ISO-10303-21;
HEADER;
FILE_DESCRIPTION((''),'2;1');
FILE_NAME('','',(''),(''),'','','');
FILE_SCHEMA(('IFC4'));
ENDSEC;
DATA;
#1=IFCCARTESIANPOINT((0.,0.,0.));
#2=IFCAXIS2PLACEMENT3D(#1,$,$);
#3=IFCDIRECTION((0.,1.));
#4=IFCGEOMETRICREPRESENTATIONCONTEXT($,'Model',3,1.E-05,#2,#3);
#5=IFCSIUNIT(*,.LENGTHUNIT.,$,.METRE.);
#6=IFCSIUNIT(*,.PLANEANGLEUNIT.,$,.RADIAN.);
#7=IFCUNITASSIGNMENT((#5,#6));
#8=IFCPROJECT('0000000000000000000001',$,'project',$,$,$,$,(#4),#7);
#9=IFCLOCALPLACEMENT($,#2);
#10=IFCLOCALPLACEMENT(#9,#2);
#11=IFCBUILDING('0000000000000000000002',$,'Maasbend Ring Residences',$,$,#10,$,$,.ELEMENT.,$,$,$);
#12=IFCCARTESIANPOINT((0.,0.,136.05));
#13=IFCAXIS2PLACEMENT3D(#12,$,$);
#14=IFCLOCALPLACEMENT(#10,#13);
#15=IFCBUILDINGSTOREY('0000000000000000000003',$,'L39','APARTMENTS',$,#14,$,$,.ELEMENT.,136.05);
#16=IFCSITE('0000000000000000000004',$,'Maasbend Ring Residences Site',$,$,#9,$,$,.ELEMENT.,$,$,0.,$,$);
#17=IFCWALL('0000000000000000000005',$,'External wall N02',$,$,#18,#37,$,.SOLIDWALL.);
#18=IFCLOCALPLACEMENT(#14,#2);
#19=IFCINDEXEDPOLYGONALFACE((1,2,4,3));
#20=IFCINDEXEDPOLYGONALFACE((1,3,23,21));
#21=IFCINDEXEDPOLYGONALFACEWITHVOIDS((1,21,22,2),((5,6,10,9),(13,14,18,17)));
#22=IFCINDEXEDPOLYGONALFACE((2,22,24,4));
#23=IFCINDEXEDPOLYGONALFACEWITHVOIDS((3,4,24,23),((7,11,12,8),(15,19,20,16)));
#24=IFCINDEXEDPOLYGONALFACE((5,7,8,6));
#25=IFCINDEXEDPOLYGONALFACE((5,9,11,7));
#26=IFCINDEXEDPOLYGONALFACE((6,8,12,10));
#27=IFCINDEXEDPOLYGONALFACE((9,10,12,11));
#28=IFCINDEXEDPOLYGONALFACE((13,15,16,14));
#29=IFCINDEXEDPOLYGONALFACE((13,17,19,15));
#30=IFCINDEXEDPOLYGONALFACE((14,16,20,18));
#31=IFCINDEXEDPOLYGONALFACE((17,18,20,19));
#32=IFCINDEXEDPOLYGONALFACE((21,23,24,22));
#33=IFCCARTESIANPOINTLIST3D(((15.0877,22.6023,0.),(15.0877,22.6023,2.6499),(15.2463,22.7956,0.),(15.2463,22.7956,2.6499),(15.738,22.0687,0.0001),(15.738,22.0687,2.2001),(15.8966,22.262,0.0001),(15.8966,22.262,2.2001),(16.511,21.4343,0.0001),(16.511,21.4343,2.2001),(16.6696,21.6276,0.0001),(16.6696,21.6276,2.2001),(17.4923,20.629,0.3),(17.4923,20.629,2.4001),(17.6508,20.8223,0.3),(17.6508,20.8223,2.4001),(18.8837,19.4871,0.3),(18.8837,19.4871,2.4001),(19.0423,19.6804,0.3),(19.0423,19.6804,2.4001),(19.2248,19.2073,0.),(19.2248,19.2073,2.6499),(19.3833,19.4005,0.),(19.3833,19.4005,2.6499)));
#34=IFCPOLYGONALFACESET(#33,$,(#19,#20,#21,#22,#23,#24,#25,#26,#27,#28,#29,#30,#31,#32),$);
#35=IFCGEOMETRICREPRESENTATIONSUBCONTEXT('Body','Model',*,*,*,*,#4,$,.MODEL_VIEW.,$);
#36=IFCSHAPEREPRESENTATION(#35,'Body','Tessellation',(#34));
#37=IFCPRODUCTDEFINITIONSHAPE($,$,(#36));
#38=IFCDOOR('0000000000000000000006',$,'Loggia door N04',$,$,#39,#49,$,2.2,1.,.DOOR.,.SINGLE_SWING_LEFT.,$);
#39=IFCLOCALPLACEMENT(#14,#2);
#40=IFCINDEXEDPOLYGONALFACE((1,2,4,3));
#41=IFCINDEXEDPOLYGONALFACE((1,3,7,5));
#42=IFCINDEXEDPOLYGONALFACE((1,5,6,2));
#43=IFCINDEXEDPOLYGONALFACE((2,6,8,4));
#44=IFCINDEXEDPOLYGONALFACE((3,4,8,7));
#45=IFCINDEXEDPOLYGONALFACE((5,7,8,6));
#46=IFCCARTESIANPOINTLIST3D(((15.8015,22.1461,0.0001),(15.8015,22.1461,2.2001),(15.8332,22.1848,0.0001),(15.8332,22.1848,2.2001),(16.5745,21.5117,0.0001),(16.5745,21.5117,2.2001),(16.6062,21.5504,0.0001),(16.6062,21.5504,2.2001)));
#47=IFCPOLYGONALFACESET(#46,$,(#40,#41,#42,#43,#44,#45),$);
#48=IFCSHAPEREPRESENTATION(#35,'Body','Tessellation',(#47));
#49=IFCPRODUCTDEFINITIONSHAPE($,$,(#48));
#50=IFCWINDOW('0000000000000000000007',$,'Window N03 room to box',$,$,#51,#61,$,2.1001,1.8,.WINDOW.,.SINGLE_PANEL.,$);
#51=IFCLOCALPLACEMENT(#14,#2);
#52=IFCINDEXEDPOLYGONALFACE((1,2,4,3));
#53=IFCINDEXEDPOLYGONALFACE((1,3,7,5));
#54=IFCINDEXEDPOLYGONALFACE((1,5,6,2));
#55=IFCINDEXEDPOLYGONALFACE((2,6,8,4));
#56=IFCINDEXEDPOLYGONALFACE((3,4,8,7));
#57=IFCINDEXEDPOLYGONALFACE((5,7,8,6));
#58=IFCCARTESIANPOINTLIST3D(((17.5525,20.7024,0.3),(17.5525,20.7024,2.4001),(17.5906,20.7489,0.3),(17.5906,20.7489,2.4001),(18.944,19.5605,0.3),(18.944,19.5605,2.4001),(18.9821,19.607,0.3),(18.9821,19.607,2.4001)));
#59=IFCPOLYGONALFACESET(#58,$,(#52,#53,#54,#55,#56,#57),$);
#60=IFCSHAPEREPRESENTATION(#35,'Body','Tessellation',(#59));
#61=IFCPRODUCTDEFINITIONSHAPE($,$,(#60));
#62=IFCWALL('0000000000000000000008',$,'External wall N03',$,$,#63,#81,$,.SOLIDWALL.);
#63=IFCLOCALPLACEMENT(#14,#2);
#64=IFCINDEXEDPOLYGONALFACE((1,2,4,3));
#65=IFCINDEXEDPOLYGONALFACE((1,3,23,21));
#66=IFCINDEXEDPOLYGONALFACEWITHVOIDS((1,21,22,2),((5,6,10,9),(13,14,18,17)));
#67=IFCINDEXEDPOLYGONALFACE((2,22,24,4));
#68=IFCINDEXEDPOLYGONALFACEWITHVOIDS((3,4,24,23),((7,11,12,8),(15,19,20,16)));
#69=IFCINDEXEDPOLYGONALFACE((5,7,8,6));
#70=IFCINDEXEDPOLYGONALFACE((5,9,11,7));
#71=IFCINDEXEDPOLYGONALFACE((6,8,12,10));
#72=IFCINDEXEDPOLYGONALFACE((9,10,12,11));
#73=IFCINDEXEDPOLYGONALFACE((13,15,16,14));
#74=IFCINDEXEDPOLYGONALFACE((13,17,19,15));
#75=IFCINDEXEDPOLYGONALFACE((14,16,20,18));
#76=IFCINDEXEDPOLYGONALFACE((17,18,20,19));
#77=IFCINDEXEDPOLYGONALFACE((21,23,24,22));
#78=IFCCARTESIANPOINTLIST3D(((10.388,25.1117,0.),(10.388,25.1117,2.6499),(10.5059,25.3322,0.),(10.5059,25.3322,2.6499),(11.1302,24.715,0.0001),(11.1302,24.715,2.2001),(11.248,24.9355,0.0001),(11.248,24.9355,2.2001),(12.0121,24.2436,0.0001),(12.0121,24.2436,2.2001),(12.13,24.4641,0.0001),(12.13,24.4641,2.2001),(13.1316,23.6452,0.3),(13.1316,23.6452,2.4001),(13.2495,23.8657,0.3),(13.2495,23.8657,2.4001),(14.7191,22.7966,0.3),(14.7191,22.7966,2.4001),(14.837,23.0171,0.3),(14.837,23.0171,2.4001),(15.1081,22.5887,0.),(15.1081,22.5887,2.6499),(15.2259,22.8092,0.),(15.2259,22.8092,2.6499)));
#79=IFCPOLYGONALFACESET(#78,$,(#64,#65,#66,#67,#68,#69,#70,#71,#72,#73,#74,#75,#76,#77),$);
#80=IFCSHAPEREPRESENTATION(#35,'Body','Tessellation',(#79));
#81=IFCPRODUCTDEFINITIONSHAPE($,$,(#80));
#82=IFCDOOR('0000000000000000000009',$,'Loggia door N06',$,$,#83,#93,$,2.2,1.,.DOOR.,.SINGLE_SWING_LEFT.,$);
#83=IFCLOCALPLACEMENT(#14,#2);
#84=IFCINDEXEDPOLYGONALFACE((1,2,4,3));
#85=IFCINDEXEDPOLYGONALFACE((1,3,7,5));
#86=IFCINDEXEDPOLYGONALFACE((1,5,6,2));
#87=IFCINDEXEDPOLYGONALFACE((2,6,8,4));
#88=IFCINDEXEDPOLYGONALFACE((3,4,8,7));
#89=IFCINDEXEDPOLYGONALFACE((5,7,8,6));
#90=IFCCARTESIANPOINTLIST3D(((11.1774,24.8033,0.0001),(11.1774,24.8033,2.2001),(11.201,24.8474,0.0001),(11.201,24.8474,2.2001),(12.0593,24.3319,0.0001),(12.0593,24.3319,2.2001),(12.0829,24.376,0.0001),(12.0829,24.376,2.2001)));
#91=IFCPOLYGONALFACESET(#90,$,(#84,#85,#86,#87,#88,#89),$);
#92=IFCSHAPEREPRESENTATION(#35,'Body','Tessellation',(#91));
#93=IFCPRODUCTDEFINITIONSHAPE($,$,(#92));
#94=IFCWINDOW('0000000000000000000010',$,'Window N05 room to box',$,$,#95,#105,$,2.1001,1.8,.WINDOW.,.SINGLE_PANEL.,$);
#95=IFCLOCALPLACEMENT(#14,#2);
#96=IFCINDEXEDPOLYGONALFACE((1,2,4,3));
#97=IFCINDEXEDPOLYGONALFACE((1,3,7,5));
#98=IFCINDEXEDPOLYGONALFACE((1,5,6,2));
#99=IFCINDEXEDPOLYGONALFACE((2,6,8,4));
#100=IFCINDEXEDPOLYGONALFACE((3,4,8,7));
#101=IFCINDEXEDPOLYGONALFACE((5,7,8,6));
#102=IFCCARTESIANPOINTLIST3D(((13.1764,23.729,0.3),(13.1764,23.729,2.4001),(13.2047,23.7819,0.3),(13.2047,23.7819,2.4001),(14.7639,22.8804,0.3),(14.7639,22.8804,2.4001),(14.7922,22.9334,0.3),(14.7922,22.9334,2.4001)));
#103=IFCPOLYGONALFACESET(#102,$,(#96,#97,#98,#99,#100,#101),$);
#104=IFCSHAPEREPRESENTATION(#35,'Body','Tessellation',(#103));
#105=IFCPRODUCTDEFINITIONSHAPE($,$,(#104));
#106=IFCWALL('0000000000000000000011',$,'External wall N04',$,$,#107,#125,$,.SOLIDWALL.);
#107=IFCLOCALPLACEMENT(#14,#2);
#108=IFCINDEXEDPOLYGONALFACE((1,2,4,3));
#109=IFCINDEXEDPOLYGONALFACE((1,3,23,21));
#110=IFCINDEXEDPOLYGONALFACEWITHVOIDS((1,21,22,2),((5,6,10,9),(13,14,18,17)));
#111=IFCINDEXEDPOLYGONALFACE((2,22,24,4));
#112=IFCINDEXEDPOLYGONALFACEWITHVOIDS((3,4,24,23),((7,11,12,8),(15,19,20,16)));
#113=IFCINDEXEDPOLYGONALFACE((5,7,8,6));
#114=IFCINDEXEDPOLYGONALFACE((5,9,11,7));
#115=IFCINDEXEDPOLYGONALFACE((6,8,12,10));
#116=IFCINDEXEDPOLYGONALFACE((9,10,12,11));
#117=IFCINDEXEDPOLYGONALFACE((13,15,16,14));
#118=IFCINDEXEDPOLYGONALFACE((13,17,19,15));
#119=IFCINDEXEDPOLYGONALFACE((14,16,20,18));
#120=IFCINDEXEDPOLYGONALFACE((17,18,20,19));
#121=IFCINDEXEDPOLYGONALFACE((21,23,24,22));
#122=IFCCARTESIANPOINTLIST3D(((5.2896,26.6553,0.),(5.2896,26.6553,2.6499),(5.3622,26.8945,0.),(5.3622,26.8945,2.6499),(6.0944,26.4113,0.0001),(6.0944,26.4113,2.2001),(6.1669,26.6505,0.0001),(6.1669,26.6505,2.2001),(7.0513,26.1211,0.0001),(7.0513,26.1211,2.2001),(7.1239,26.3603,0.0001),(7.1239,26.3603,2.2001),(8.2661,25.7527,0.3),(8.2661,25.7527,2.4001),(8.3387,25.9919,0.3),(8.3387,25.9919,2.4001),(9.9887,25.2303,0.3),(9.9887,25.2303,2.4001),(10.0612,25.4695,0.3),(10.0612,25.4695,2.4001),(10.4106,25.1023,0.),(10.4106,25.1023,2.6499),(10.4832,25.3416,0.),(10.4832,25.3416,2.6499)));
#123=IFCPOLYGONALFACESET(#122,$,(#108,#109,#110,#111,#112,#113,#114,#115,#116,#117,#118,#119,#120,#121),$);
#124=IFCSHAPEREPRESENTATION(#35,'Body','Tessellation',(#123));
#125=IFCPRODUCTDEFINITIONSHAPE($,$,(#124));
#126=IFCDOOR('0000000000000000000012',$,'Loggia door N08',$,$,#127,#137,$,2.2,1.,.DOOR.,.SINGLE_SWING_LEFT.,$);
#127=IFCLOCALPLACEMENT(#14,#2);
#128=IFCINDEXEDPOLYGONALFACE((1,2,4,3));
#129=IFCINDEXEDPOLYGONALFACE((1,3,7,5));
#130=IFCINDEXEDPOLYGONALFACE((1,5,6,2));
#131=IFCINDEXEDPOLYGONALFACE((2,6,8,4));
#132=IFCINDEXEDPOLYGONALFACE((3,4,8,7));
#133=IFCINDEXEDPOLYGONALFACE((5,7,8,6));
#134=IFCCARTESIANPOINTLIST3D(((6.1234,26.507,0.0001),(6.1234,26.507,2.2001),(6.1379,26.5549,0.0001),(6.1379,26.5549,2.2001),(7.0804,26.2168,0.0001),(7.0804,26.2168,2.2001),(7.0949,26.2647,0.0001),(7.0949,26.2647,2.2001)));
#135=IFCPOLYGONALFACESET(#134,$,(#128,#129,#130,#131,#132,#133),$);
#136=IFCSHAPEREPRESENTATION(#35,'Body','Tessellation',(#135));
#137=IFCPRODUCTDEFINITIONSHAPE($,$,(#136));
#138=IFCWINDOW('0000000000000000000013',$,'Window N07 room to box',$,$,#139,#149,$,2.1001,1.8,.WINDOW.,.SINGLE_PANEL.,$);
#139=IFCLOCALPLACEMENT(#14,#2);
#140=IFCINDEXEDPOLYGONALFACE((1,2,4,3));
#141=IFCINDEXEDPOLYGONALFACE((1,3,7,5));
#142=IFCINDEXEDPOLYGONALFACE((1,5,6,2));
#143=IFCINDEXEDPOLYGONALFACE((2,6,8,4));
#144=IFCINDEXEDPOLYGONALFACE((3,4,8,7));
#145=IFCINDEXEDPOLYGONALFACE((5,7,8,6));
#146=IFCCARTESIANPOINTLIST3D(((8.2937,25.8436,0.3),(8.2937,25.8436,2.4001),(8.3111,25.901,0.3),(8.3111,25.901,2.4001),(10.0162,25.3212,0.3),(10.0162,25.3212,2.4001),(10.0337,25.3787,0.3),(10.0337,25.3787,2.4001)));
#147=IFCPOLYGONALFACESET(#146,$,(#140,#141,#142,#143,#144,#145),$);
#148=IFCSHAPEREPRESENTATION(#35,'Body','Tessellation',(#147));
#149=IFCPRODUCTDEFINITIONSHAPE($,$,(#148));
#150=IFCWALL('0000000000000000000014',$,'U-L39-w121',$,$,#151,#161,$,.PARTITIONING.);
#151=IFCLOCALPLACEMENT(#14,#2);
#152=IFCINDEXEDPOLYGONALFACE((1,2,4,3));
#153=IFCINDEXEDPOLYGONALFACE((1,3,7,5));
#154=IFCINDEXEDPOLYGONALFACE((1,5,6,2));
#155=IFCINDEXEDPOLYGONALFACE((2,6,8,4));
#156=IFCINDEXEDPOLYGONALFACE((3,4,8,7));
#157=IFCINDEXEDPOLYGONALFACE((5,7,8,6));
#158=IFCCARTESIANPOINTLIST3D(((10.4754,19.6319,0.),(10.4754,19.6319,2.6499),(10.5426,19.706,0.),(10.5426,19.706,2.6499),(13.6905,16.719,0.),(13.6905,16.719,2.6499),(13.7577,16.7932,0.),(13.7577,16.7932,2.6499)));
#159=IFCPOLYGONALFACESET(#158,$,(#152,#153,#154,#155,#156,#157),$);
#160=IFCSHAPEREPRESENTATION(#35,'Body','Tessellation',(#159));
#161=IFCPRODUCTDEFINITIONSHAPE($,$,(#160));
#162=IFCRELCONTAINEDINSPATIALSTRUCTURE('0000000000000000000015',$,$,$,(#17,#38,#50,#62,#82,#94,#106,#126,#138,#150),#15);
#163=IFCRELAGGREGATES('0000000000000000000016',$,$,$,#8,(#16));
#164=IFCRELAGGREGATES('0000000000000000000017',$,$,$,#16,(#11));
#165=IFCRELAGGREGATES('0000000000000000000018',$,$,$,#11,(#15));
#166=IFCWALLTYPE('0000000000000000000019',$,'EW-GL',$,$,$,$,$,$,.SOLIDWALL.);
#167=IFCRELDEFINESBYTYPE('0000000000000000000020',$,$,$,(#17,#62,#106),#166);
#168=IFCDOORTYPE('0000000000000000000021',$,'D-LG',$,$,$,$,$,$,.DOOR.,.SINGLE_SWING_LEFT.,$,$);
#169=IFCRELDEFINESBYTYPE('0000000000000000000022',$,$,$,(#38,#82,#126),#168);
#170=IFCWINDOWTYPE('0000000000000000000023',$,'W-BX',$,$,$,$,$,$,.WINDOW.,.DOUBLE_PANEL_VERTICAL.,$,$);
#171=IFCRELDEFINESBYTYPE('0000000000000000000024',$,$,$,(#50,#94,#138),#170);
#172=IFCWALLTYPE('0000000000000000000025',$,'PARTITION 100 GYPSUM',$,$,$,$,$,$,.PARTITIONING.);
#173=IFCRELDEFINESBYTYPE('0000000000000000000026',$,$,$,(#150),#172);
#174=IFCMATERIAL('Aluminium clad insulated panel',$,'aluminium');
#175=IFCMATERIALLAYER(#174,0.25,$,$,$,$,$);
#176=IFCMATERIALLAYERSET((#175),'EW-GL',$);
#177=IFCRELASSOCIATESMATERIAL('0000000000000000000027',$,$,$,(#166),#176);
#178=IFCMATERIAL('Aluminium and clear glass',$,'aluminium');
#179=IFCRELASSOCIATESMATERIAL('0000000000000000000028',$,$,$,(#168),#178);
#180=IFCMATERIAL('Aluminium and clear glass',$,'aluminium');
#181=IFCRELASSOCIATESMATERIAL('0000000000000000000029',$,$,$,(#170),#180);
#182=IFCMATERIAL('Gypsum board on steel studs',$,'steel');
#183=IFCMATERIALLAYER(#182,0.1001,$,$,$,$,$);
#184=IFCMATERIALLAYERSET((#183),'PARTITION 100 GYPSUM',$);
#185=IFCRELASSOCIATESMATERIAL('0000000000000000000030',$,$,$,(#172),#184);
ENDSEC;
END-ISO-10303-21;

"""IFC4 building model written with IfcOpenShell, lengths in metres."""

from ifc_helpers import new_model, si_unit, direction, frame, frame_2d, origin, place, context, subcontext, project, spatial, rectangle, extrude, material, layer, layer_set, type_object, element, fill, save


model = new_model("IFC4")

# Units and contexts
model_context = context("Model", 3, precision=1e-05, world=origin(), true_north=direction((0.0, 1.0)))
body_context = subcontext(model_context, "Body", "Model", "MODEL_VIEW")
ifc_project = project(units=[si_unit("LENGTHUNIT", "METRE"), si_unit("PLANEANGLEUNIT", "RADIAN")], contexts=[model_context])

# Site, building, storey
site_placement = place(None, origin())
site = spatial("IfcSite", under=ifc_project, at=site_placement, Name="Maasbend Ring Residences Site", CompositionType="ELEMENT", RefElevation=0.0)
building_placement = place(site_placement, origin())
building = spatial("IfcBuilding", under=site, at=building_placement, Name="Maasbend Ring Residences", CompositionType="ELEMENT")
storey_placement = place(building_placement, frame((0.0, 0.0, 136.05)))
storey = spatial("IfcBuildingStorey", under=building, at=storey_placement, Name="L39", Description="APARTMENTS", CompositionType="ELEMENT", Elevation=136.05)

# Walls, openings, doors, windows
ifc_material_1 = material(Name="Aluminium clad insulated panel", Category="aluminium")
ifc_layer_1 = layer(ifc_material_1, 0.25)
ifc_layer_set_1 = layer_set([ifc_layer_1], Name="EW-GL")
wall_type_1 = type_object("IfcWallType", Name="EW-GL", PredefinedType="SOLIDWALL", material=ifc_layer_set_1)
wall_1_placement = place(storey_placement, frame((19.304, 19.304, 0.0), z_axis=(0.0, 0.0, 1.0), x_axis=(-0.773019, 0.634382, 0.0)))
wall_1 = element("IfcWall", 1, at=wall_1_placement, inside=storey, type_object=wall_type_1, Name="External wall N02", PredefinedType="SOLIDWALL", context=body_context, shape_type="SweptSolid", body=[
    extrude(rectangle(XDim=5.3518, YDim=0.25, at=frame_2d((2.6758, 0.0))), origin(), (0.0, 0.0, 1.0), 2.6499),
])
opening_1_placement = place(wall_1_placement, frame((0.4412, 0.0, 0.3)))
opening_1 = element("IfcOpeningElement", 2, at=opening_1_placement, cuts=wall_1, PredefinedType="OPENING", context=body_context, shape_type="SweptSolid", body=[
    extrude(rectangle(XDim=1.8, YDim=2.1001, at=frame_2d((0.8999, 1.05))), frame((0.0, 0.135, 0.0), z_axis=(0.0, -1.0, 0.0), x_axis=(1.0, 0.0, 0.0)), (0.0, 0.0, 1.0), 0.27),
])
opening_2_placement = place(wall_1_placement, frame((3.5105, 0.0, 0.0)))
opening_2 = element("IfcOpeningElement", 3, at=opening_2_placement, cuts=wall_1, PredefinedType="OPENING", context=body_context, shape_type="SweptSolid", body=[
    extrude(rectangle(XDim=1.0, YDim=2.2, at=frame_2d((0.5, 1.1001))), frame((0.0, 0.135, 0.0), z_axis=(0.0, -1.0, 0.0), x_axis=(1.0, 0.0, 0.0)), (0.0, 0.0, 1.0), 0.27),
])
ifc_material_2 = material(Name="Aluminium and clear glass", Category="aluminium")
door_type = type_object("IfcDoorType", Name="D-LG", OperationType="SINGLE_SWING_LEFT", PredefinedType="DOOR", material=ifc_material_2)
door_1_placement = place(opening_2_placement, origin())
door_1 = element("IfcDoor", 4, at=door_1_placement, inside=storey, type_object=door_type, Name="Loggia door N04", OperationType="SINGLE_SWING_LEFT", OverallHeight=2.2, OverallWidth=1.0, PredefinedType="DOOR", context=body_context, shape_type="SweptSolid", body=[
    extrude(rectangle(XDim=1.0, YDim=2.2, at=frame_2d((0.5, 1.1001))), frame((0.0, 0.0249, 0.0), z_axis=(0.0, -1.0, 0.0), x_axis=(1.0, 0.0, 0.0)), (0.0, 0.0, 1.0), 0.05),
])
fill(opening_2, door_1)
ifc_material_3 = material(Name="Aluminium and clear glass", Category="aluminium")
window_type_1 = type_object("IfcWindowType", Name="W-BX", PartitioningType="DOUBLE_PANEL_VERTICAL", PredefinedType="WINDOW", material=ifc_material_3)
window_1_placement = place(opening_1_placement, origin())
window_1 = element("IfcWindow", 5, at=window_1_placement, inside=storey, type_object=window_type_1, Name="Window N03 room to box", OverallHeight=2.1001, OverallWidth=1.8, PartitioningType="SINGLE_PANEL", PredefinedType="WINDOW", context=body_context, shape_type="SweptSolid", body=[
    extrude(rectangle(XDim=1.8, YDim=2.1001, at=frame_2d((0.8999, 1.05))), frame((0.0, 0.03, 0.0), z_axis=(0.0, -1.0, 0.0), x_axis=(1.0, 0.0, 0.0)), (0.0, 0.0, 1.0), 0.0601),
])
fill(opening_1, window_1)
wall_2_placement = place(storey_placement, frame((15.167, 22.699, 0.0), z_axis=(0.0, 0.0, 1.0), x_axis=(-0.881916, 0.471407, 0.0)))
wall_2 = element("IfcWall", 6, at=wall_2_placement, inside=storey, type_object=wall_type_1, Name="External wall N03", PredefinedType="SOLIDWALL", context=body_context, shape_type="SweptSolid", body=[
    extrude(rectangle(XDim=5.3521, YDim=0.25, at=frame_2d((2.676, 0.0))), origin(), (0.0, 0.0, 1.0), 2.6499),
])
opening_3_placement = place(wall_2_placement, frame((0.4412, 0.0, 0.3)))
opening_3 = element("IfcOpeningElement", 7, at=opening_3_placement, cuts=wall_2, PredefinedType="OPENING", context=body_context, shape_type="SweptSolid", body=[
    extrude(rectangle(XDim=1.8, YDim=2.1001, at=frame_2d((0.8999, 1.05))), frame((0.0, 0.135, 0.0), z_axis=(0.0, -1.0, 0.0), x_axis=(1.0, 0.0, 0.0)), (0.0, 0.0, 1.0), 0.27),
])
opening_4_placement = place(wall_2_placement, frame((3.5105, 0.0, 0.0)))
opening_4 = element("IfcOpeningElement", 8, at=opening_4_placement, cuts=wall_2, PredefinedType="OPENING", context=body_context, shape_type="SweptSolid", body=[
    extrude(rectangle(XDim=1.0, YDim=2.2, at=frame_2d((0.5, 1.1001))), frame((0.0, 0.135, 0.0), z_axis=(0.0, -1.0, 0.0), x_axis=(1.0, 0.0, 0.0)), (0.0, 0.0, 1.0), 0.27),
])
door_2_placement = place(opening_4_placement, origin())
door_2 = element("IfcDoor", 9, at=door_2_placement, inside=storey, type_object=door_type, Name="Loggia door N06", OperationType="SINGLE_SWING_LEFT", OverallHeight=2.2, OverallWidth=1.0, PredefinedType="DOOR", context=body_context, shape_type="SweptSolid", body=[
    extrude(rectangle(XDim=1.0, YDim=2.2, at=frame_2d((0.5, 1.1001))), frame((0.0, 0.0249, 0.0), z_axis=(0.0, -1.0, 0.0), x_axis=(1.0, 0.0, 0.0)), (0.0, 0.0, 1.0), 0.05),
])
fill(opening_4, door_2)
window_2_placement = place(opening_3_placement, origin())
window_2 = element("IfcWindow", 10, at=window_2_placement, inside=storey, type_object=window_type_1, Name="Window N05 room to box", OverallHeight=2.1001, OverallWidth=1.8, PartitioningType="SINGLE_PANEL", PredefinedType="WINDOW", context=body_context, shape_type="SweptSolid", body=[
    extrude(rectangle(XDim=1.8, YDim=2.1001, at=frame_2d((0.8999, 1.05))), frame((0.0, 0.03, 0.0), z_axis=(0.0, -1.0, 0.0), x_axis=(1.0, 0.0, 0.0)), (0.0, 0.0, 1.0), 0.0601),
])
fill(opening_3, window_2)
wall_3_placement = place(storey_placement, frame((10.447, 25.2219, 0.0), z_axis=(0.0, 0.0, 1.0), x_axis=(-0.956966, 0.290201, 0.0)))
wall_3 = element("IfcWall", 11, at=wall_3_placement, inside=storey, type_object=wall_type_1, Name="External wall N04", PredefinedType="SOLIDWALL", context=body_context, shape_type="SweptSolid", body=[
    extrude(rectangle(XDim=5.3513, YDim=0.25, at=frame_2d((2.6758, 0.0))), origin(), (0.0, 0.0, 1.0), 2.6499),
])
opening_5_placement = place(wall_3_placement, frame((0.4412, 0.0, 0.3)))
opening_5 = element("IfcOpeningElement", 12, at=opening_5_placement, cuts=wall_3, PredefinedType="OPENING", context=body_context, shape_type="SweptSolid", body=[
    extrude(rectangle(XDim=1.8, YDim=2.1001, at=frame_2d((0.8999, 1.05))), frame((0.0, 0.135, 0.0), z_axis=(0.0, -1.0, 0.0), x_axis=(1.0, 0.0, 0.0)), (0.0, 0.0, 1.0), 0.27),
])
opening_6_placement = place(wall_3_placement, frame((3.5105, 0.0, 0.0)))
opening_6 = element("IfcOpeningElement", 13, at=opening_6_placement, cuts=wall_3, PredefinedType="OPENING", context=body_context, shape_type="SweptSolid", body=[
    extrude(rectangle(XDim=1.0, YDim=2.2, at=frame_2d((0.5, 1.1001))), frame((0.0, 0.135, 0.0), z_axis=(0.0, -1.0, 0.0), x_axis=(1.0, 0.0, 0.0)), (0.0, 0.0, 1.0), 0.27),
])
door_3_placement = place(opening_6_placement, origin())
door_3 = element("IfcDoor", 14, at=door_3_placement, inside=storey, type_object=door_type, Name="Loggia door N08", OperationType="SINGLE_SWING_LEFT", OverallHeight=2.2, OverallWidth=1.0, PredefinedType="DOOR", context=body_context, shape_type="SweptSolid", body=[
    extrude(rectangle(XDim=1.0, YDim=2.2, at=frame_2d((0.5, 1.1001))), frame((0.0, 0.0249, 0.0), z_axis=(0.0, -1.0, 0.0), x_axis=(1.0, 0.0, 0.0)), (0.0, 0.0, 1.0), 0.05),
])
fill(opening_6, door_3)
window_3_placement = place(opening_5_placement, origin())
window_3 = element("IfcWindow", 15, at=window_3_placement, inside=storey, type_object=window_type_1, Name="Window N07 room to box", OverallHeight=2.1001, OverallWidth=1.8, PartitioningType="SINGLE_PANEL", PredefinedType="WINDOW", context=body_context, shape_type="SweptSolid", body=[
    extrude(rectangle(XDim=1.8, YDim=2.1001, at=frame_2d((0.8999, 1.05))), frame((0.0, 0.03, 0.0), z_axis=(0.0, -1.0, 0.0), x_axis=(1.0, 0.0, 0.0)), (0.0, 0.0, 1.0), 0.0601),
])
fill(opening_5, window_3)

# Wall
ifc_material_4 = material(Name="Gypsum board on steel studs", Category="steel")
ifc_layer_2 = layer(ifc_material_4, 0.1001)
ifc_layer_set_2 = layer_set([ifc_layer_2], Name="PARTITION 100 GYPSUM")
wall_type_2 = type_object("IfcWallType", Name="PARTITION 100 GYPSUM", PredefinedType="PARTITIONING", material=ifc_layer_set_2)
wall_4_placement = place(storey_placement, frame((10.509, 19.6689, 0.0), z_axis=(0.0, 0.0, 1.0), x_axis=(0.741082, -0.671414, 0.0)))
element("IfcWall", 16, at=wall_4_placement, inside=storey, type_object=wall_type_2, Name="U-L39-w121", PredefinedType="PARTITIONING", context=body_context, shape_type="SweptSolid", body=[
    extrude(rectangle(XDim=4.3384, YDim=0.1001, at=frame_2d((2.1692, 0.0))), origin(), (0.0, 0.0, 1.0), 2.6499),
])

save(model, "model.ifc")
